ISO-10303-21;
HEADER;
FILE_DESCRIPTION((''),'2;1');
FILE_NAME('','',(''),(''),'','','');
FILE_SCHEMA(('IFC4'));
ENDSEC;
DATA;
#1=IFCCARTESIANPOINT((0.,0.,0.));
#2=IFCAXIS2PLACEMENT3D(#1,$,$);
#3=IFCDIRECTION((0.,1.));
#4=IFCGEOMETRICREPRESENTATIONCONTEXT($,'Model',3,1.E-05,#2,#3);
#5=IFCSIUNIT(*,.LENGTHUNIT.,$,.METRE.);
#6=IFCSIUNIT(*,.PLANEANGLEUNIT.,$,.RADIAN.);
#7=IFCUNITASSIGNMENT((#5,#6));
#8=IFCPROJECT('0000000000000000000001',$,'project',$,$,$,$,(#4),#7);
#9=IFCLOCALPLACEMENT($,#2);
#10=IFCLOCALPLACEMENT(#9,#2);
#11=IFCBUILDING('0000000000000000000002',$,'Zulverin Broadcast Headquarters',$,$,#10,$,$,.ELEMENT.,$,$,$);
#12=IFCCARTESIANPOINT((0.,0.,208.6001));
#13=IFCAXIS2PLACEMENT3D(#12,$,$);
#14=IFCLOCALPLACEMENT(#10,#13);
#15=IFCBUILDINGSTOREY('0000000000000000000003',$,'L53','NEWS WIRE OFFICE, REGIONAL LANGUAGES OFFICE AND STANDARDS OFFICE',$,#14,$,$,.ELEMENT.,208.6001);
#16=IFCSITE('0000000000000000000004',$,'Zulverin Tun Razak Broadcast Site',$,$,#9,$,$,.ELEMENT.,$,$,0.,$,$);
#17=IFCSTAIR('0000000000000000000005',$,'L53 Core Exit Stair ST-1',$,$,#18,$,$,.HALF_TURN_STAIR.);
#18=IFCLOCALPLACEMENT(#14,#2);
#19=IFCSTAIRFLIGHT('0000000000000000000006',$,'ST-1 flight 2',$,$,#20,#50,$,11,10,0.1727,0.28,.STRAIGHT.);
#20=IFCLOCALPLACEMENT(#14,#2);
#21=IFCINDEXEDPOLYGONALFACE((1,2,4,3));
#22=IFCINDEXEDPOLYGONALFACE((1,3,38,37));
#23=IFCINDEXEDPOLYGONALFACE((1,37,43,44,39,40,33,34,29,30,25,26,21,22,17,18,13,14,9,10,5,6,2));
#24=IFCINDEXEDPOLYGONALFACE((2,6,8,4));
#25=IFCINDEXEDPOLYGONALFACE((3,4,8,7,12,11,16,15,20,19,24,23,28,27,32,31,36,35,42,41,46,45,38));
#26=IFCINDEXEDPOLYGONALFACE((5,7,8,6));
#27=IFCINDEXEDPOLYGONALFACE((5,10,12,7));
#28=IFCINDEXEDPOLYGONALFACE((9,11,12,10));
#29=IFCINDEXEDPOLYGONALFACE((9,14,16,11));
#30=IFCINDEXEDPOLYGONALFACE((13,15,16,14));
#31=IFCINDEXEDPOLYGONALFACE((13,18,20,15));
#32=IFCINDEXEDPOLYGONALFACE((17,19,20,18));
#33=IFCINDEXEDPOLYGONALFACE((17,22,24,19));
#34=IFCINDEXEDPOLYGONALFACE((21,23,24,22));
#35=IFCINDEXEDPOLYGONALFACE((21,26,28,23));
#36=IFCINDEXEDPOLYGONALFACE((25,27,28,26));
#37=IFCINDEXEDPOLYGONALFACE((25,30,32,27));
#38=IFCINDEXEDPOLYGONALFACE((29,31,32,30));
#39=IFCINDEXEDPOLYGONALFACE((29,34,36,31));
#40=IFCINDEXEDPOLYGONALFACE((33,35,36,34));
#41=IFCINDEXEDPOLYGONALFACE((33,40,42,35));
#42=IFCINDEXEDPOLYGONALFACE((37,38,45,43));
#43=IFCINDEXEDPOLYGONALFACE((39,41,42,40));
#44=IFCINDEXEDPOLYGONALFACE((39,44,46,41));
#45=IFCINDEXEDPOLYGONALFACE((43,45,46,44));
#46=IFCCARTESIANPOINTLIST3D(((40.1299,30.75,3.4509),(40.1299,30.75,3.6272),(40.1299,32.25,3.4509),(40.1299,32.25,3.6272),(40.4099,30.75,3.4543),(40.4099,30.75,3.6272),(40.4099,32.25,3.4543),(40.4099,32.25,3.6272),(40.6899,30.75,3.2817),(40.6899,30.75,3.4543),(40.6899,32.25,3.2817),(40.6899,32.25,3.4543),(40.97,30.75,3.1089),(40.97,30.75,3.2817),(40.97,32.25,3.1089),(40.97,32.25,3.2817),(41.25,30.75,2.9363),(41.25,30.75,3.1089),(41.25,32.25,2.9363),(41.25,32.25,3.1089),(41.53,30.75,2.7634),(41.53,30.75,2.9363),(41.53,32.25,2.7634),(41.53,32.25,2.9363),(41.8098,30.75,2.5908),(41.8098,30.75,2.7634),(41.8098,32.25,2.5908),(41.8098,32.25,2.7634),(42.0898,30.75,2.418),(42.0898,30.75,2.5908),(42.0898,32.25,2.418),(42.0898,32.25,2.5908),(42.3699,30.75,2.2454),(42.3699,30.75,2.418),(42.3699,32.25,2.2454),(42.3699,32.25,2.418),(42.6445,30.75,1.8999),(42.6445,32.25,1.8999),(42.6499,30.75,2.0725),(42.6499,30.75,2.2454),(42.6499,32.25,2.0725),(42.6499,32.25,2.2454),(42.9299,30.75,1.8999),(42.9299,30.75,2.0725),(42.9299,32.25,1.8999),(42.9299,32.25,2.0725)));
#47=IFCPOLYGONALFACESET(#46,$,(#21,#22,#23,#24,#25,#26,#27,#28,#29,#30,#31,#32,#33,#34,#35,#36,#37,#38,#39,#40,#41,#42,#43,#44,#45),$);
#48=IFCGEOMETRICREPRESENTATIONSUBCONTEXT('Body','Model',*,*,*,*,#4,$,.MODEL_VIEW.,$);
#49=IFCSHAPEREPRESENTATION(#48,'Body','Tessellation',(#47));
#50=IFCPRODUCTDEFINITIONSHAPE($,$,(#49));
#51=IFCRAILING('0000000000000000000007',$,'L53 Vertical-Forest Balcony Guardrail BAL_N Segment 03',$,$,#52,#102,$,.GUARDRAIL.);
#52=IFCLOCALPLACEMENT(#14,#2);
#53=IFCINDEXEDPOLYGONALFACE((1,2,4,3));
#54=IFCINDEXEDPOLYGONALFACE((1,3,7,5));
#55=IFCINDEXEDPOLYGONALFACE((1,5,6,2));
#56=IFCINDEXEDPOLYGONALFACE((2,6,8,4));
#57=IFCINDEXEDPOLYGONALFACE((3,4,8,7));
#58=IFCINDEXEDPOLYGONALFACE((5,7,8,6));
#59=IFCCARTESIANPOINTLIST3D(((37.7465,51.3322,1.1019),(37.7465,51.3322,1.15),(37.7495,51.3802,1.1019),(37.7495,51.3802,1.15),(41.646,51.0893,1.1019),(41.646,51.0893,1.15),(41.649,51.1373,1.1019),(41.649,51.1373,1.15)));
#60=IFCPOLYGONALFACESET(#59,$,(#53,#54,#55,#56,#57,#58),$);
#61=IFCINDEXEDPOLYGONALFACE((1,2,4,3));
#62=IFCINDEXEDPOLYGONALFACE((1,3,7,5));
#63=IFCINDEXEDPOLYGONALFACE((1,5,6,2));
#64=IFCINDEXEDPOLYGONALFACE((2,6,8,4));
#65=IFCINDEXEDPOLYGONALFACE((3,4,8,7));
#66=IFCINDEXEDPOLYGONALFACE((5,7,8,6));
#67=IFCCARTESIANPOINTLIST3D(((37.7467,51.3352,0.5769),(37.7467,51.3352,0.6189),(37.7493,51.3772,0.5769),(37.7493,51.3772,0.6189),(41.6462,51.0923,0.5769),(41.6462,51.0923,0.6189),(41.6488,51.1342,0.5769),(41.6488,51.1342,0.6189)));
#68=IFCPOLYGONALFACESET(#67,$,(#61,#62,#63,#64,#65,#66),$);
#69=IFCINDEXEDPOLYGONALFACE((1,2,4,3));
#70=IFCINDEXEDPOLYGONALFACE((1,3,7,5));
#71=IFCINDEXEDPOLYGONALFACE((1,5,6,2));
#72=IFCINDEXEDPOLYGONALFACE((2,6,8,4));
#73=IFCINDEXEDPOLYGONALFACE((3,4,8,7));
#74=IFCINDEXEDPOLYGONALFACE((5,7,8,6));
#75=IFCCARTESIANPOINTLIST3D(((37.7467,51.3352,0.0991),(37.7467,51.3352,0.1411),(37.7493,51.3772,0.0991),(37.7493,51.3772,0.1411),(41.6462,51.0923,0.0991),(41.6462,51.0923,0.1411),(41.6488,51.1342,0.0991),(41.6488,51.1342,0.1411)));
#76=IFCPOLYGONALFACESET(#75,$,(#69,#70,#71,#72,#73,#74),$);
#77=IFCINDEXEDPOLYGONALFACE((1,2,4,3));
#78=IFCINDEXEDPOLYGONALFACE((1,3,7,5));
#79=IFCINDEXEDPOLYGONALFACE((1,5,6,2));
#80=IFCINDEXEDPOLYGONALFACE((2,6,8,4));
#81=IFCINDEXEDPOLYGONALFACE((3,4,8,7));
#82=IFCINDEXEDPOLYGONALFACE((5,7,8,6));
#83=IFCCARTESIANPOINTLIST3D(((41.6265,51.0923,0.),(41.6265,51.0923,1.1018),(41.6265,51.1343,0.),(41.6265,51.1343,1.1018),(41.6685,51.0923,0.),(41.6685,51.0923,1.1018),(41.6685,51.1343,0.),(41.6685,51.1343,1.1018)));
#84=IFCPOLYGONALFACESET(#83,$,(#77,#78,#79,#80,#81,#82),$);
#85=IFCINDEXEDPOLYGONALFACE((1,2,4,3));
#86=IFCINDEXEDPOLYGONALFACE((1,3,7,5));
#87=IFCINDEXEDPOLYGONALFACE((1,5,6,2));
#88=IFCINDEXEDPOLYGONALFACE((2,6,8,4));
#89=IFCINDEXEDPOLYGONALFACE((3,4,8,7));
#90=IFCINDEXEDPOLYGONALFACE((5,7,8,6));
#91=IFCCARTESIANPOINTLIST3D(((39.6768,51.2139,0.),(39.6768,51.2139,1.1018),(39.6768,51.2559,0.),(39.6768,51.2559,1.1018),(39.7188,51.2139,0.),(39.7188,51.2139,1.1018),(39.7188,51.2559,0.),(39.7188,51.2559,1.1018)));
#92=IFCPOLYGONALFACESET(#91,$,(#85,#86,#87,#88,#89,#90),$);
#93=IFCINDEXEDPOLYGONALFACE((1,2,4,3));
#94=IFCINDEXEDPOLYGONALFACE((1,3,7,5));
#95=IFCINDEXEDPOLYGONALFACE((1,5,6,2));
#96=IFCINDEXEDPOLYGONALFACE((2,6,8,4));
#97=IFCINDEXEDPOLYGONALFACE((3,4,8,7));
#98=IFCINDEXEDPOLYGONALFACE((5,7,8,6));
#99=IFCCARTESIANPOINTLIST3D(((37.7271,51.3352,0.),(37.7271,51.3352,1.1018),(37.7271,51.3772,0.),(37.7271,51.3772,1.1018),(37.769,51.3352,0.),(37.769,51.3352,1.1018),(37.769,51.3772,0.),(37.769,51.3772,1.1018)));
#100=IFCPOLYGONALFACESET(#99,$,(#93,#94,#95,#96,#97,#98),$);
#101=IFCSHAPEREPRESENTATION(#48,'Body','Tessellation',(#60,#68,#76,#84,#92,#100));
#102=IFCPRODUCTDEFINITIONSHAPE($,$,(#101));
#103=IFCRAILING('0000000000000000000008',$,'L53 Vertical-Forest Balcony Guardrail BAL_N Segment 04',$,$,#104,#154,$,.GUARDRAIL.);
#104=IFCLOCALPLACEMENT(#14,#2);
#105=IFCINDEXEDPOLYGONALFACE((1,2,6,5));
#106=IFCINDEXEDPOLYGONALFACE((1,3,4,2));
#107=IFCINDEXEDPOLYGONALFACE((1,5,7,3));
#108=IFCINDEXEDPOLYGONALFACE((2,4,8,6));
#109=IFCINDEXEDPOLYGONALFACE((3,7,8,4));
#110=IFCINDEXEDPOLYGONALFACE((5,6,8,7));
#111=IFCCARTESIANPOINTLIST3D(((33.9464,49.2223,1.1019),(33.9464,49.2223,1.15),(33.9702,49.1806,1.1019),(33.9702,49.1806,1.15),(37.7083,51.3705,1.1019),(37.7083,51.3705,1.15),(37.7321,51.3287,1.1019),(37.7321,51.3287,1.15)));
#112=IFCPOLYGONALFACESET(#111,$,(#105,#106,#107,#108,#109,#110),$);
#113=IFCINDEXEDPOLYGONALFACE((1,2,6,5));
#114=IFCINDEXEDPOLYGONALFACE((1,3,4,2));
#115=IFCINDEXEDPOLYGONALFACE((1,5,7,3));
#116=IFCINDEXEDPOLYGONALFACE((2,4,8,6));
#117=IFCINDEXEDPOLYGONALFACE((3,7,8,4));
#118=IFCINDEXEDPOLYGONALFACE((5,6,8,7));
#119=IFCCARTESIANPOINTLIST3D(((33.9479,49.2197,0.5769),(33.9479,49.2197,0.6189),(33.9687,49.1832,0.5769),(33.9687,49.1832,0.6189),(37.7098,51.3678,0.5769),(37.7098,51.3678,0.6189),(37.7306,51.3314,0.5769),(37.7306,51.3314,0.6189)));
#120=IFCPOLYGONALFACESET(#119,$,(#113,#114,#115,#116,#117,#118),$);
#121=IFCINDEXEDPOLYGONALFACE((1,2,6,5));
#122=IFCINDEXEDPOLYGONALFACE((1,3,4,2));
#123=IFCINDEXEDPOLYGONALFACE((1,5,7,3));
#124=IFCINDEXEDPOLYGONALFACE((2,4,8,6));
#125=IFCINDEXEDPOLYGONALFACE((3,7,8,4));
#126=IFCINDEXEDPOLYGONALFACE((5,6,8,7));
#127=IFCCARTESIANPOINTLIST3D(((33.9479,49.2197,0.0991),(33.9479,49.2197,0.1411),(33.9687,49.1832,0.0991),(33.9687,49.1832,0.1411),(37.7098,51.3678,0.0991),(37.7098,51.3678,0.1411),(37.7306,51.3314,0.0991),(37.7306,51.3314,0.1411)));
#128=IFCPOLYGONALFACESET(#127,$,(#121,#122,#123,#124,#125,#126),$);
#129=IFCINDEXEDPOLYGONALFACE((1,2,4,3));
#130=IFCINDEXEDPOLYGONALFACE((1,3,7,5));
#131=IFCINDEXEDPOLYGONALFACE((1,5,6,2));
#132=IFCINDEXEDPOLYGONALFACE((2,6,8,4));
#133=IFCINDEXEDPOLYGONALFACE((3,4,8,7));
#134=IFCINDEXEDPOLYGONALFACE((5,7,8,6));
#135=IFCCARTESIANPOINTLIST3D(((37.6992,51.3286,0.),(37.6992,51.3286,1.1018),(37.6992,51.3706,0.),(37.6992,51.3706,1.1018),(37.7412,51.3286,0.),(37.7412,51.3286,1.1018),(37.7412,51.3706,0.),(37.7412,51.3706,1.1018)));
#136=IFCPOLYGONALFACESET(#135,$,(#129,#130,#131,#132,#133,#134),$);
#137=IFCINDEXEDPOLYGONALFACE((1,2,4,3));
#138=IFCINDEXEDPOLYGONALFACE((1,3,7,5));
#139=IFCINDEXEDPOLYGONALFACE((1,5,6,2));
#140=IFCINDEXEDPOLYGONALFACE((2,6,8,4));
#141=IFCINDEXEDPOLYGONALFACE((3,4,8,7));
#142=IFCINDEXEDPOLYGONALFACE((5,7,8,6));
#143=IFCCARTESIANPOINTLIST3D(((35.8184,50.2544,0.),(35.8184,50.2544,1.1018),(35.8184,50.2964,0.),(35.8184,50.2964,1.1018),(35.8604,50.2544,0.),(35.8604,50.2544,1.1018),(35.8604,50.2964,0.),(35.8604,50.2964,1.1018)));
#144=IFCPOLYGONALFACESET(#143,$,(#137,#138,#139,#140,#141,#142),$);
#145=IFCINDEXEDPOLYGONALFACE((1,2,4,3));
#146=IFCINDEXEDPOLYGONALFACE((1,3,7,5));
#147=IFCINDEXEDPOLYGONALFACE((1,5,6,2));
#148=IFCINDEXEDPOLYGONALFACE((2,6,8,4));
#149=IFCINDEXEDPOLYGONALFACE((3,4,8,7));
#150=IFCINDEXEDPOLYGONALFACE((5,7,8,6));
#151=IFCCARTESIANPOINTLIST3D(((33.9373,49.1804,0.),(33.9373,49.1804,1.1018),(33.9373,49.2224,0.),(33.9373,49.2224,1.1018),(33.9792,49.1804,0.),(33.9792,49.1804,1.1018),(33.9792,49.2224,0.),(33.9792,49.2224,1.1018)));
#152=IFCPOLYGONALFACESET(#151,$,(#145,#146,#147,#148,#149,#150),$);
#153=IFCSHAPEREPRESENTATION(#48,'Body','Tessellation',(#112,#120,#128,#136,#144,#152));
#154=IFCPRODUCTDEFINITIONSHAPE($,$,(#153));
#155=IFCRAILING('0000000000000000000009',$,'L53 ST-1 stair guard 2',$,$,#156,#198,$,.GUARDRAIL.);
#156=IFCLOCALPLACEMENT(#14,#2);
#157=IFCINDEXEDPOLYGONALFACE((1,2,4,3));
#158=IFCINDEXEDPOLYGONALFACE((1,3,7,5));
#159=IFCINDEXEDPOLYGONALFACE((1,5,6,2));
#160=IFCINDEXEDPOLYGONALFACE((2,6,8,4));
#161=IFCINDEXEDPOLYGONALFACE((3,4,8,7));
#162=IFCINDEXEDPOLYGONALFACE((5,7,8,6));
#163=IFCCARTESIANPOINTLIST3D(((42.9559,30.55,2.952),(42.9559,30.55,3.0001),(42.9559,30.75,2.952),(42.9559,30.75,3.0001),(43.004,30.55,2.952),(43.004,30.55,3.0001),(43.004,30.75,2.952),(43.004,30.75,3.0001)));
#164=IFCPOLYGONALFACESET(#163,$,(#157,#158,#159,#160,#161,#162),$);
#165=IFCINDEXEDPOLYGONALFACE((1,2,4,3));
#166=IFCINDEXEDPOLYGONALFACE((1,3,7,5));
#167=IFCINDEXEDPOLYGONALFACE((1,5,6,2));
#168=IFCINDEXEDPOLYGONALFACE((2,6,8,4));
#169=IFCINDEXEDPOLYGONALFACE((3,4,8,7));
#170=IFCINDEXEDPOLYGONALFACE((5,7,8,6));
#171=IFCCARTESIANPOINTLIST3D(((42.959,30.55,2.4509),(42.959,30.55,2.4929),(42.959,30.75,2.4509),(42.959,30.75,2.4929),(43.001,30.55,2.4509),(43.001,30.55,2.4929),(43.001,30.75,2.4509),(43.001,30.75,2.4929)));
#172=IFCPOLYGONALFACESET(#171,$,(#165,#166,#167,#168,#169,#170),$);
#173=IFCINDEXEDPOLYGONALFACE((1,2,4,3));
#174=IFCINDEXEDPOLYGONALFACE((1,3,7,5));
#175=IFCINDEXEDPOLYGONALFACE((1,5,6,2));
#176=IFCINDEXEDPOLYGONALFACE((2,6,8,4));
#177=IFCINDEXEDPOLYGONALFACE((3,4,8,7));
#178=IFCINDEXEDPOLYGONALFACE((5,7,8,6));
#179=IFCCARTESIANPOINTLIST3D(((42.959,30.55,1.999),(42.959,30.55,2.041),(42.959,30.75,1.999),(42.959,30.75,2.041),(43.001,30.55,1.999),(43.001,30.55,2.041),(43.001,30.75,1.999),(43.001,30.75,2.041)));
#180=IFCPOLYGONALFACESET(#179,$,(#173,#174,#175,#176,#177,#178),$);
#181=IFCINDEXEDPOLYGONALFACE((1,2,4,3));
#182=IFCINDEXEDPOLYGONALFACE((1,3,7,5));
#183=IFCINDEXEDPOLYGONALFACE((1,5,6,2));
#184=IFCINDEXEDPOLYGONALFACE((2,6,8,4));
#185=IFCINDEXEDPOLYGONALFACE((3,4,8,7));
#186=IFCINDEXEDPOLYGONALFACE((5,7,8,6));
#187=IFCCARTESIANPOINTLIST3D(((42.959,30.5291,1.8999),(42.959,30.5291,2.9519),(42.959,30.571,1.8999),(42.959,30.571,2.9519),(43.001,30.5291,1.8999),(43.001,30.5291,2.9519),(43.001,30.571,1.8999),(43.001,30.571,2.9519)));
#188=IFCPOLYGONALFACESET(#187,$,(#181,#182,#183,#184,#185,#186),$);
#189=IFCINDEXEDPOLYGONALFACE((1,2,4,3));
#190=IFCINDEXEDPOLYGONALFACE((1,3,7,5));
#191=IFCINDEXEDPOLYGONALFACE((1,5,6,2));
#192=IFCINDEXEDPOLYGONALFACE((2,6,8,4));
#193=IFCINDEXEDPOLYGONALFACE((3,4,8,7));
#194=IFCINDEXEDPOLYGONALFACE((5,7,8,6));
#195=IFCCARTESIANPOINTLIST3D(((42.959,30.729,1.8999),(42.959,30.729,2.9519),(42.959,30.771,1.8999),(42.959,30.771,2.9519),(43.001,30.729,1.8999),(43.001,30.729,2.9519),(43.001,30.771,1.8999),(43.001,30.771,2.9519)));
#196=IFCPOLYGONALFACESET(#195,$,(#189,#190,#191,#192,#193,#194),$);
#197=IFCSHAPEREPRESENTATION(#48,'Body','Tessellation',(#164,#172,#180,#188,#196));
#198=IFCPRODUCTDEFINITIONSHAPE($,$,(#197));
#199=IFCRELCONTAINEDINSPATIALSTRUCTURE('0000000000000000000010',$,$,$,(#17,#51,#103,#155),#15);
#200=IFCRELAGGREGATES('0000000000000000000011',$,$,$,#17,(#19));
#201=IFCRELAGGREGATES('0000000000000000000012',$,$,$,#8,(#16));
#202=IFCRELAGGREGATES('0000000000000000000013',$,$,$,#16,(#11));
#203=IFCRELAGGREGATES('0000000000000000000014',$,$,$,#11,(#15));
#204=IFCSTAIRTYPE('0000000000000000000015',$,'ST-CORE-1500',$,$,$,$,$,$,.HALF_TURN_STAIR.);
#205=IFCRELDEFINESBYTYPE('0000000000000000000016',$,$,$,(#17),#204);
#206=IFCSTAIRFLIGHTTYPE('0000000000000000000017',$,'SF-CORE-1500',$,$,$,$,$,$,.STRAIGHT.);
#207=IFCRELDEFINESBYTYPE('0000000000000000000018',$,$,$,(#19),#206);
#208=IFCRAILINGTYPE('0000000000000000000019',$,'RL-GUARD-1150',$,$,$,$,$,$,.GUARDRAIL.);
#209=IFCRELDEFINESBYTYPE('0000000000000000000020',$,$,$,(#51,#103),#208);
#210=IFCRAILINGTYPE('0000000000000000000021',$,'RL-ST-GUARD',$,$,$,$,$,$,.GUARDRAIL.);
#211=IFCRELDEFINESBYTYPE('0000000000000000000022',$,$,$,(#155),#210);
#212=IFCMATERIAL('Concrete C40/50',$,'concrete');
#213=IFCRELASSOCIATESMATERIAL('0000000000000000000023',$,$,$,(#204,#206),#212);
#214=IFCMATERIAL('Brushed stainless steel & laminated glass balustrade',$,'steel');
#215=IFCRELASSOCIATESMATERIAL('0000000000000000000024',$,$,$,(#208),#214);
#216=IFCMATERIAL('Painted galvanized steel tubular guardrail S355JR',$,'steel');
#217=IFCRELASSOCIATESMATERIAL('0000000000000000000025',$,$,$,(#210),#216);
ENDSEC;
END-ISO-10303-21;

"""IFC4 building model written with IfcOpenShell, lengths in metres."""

from ifc_helpers import new_model, si_unit, direction, frame, origin, origin_2d, place, context, subcontext, project, spatial, polyline, rectangle, outline, extrude, material, type_object, element, aggregate, save


model = new_model("IFC4")

# Units and contexts
model_context = context("Model", 3, precision=1e-05, world=origin(), true_north=direction((0.0, 1.0)))
body_context = subcontext(model_context, "Body", "Model", "MODEL_VIEW")
ifc_project = project(units=[si_unit("LENGTHUNIT", "METRE"), si_unit("PLANEANGLEUNIT", "RADIAN")], contexts=[model_context])

# Site, building, storey
site_placement = place(None, origin())
site = spatial("IfcSite", under=ifc_project, at=site_placement, Name="Zulverin Tun Razak Broadcast Site", CompositionType="ELEMENT", RefElevation=0.0)
building_placement = place(site_placement, origin())
building = spatial("IfcBuilding", under=site, at=building_placement, Name="Zulverin Broadcast Headquarters", CompositionType="ELEMENT")
storey_placement = place(building_placement, frame((0.0, 0.0, 208.6001)))
storey = spatial("IfcBuildingStorey", under=building, at=storey_placement, Name="L53", Description="NEWS WIRE OFFICE, REGIONAL LANGUAGES OFFICE AND STANDARDS OFFICE", CompositionType="ELEMENT", Elevation=208.6001)

# Shared definitions
ifc_material_1 = material(Name="Concrete C40/50", Category="concrete")

# Stair, stair flight
stair_type = type_object("IfcStairType", Name="ST-CORE-1500", PredefinedType="HALF_TURN_STAIR", material=ifc_material_1)
stair_placement = place(storey_placement, origin())
stair = element("IfcStair", 1, at=stair_placement, inside=storey, type_object=stair_type, Name="L53 Core Exit Stair ST-1", PredefinedType="HALF_TURN_STAIR")
stair_flight_type = type_object("IfcStairFlightType", Name="SF-CORE-1500", PredefinedType="STRAIGHT", material=ifc_material_1)
stair_flight_placement = place(storey_placement, frame((42.9299, 31.5, 1.8999), z_axis=(0.0, 0.0, 1.0), x_axis=(-1.0, 0.0, 0.0)))
stair_flight = element("IfcStairFlight", 2, at=stair_flight_placement, type_object=stair_flight_type, Name="ST-1 flight 2", NumberOfRisers=11, NumberOfTreads=10, PredefinedType="STRAIGHT", RiserHeight=0.1727, TreadLength=0.28, context=body_context, shape_type="SweptSolid", body=[
    extrude(outline(polyline([(0.0, 0.0), (0.0, 0.1726), (0.28, 0.1726), (0.28, 0.3455), (0.5601, 0.3455), (0.5601, 0.5181), (0.8401, 0.5181), (0.8401, 0.6909), (1.1201, 0.6909), (1.1201, 0.8635), (1.3999, 0.8635), (1.3999, 1.0364), (1.6799, 1.0364), (1.6799, 1.209), (1.96, 1.209), (1.96, 1.3818), (2.24, 1.3818), (2.24, 1.5544), (2.52, 1.5544), (2.52, 1.7273), (2.8, 1.7273), (2.8, 1.8999), (2.8, 1.551), (0.2854, 0.0), (0.0, 0.0)])), frame((0.0, 0.75, 0.0), z_axis=(0.0, -1.0, 0.0), x_axis=(1.0, 0.0, 0.0)), (0.0, 0.0, 1.0), 1.5),
])
aggregate(stair, [stair_flight])

# Railings
ifc_material_2 = material(Name="Brushed stainless steel & laminated glass balustrade", Category="steel")
railing_type_1 = type_object("IfcRailingType", Name="RL-GUARD-1150", PredefinedType="GUARDRAIL", material=ifc_material_2)
railing_1_placement = place(storey_placement, frame((41.6475, 51.1133, 0.0)))
element("IfcRailing", 3, at=railing_1_placement, inside=storey, type_object=railing_type_1, Name="L53 Vertical-Forest Balcony Guardrail BAL_N Segment 03", PredefinedType="GUARDRAIL", context=body_context, shape_type="SweptSolid", body=[
    extrude(rectangle(XDim=0.0481, YDim=0.0481, at=origin_2d()), frame((0.0, 0.0, 1.126), z_axis=(-0.998065, 0.062176, 0.0), x_axis=(-0.062176, -0.998065, 0.0)), (0.0, 0.0, 1.0), 3.907),
    extrude(rectangle(XDim=0.042, YDim=0.042, at=origin_2d()), frame((0.0, 0.0, 0.5979), z_axis=(-0.998065, 0.062176, 0.0), x_axis=(-0.062176, -0.998065, 0.0)), (0.0, 0.0, 1.0), 3.907),
    extrude(rectangle(XDim=0.042, YDim=0.042, at=origin_2d()), frame((0.0, 0.0, 0.1201), z_axis=(-0.998065, 0.062176, 0.0), x_axis=(-0.062176, -0.998065, 0.0)), (0.0, 0.0, 1.0), 3.907),
    extrude(rectangle(XDim=0.042, YDim=0.042, at=origin_2d()), origin(), (0.0, 0.0, 1.0), 1.1018),
    extrude(rectangle(XDim=0.042, YDim=0.042, at=origin_2d()), frame((-1.9497, 0.1216, 0.0)), (0.0, 0.0, 1.0), 1.1018),
    extrude(rectangle(XDim=0.042, YDim=0.042, at=origin_2d()), frame((-3.8994, 0.2429, 0.0)), (0.0, 0.0, 1.0), 1.1018),
])
railing_2_placement = place(storey_placement, frame((37.7202, 51.3496, 0.0)))
element("IfcRailing", 4, at=railing_2_placement, inside=storey, type_object=railing_type_1, Name="L53 Vertical-Forest Balcony Guardrail BAL_N Segment 04", PredefinedType="GUARDRAIL", context=body_context, shape_type="SweptSolid", body=[
    extrude(rectangle(XDim=0.0481, YDim=0.0481, at=origin_2d()), frame((0.0, 0.0, 1.126), z_axis=(-0.868392, -0.495878, 0.0), x_axis=(0.495878, -0.868392, 0.0)), (0.0, 0.0, 1.0), 4.332),
    extrude(rectangle(XDim=0.042, YDim=0.042, at=origin_2d()), frame((0.0, 0.0, 0.5979), z_axis=(-0.868392, -0.495878, 0.0), x_axis=(0.495878, -0.868392, 0.0)), (0.0, 0.0, 1.0), 4.332),
    extrude(rectangle(XDim=0.042, YDim=0.042, at=origin_2d()), frame((0.0, 0.0, 0.1201), z_axis=(-0.868392, -0.495878, 0.0), x_axis=(0.495878, -0.868392, 0.0)), (0.0, 0.0, 1.0), 4.332),
    extrude(rectangle(XDim=0.042, YDim=0.042, at=origin_2d()), origin(), (0.0, 0.0, 1.0), 1.1018),
    extrude(rectangle(XDim=0.042, YDim=0.042, at=origin_2d()), frame((-1.8809, -1.0742, 0.0)), (0.0, 0.0, 1.0), 1.1018),
    extrude(rectangle(XDim=0.042, YDim=0.042, at=origin_2d()), frame((-3.762, -2.1482, 0.0)), (0.0, 0.0, 1.0), 1.1018),
])
ifc_material_3 = material(Name="Painted galvanized steel tubular guardrail S355JR", Category="steel")
railing_type_2 = type_object("IfcRailingType", Name="RL-ST-GUARD", PredefinedType="GUARDRAIL", material=ifc_material_3)
railing_3_placement = place(storey_placement, frame((42.98, 30.55, 1.8999)))
element("IfcRailing", 5, at=railing_3_placement, inside=storey, type_object=railing_type_2, Name="L53 ST-1 stair guard 2", PredefinedType="GUARDRAIL", context=body_context, shape_type="SweptSolid", body=[
    extrude(rectangle(XDim=0.0481, YDim=0.0481, at=origin_2d()), frame((0.0, 0.0, 1.0762), z_axis=(0.0, 1.0, 0.0), x_axis=(-1.0, 0.0, 0.0)), (0.0, 0.0, 1.0), 0.2),
    extrude(rectangle(XDim=0.042, YDim=0.042, at=origin_2d()), frame((0.0, 0.0, 0.572), z_axis=(0.0, 1.0, 0.0), x_axis=(-1.0, 0.0, 0.0)), (0.0, 0.0, 1.0), 0.2),
    extrude(rectangle(XDim=0.042, YDim=0.042, at=origin_2d()), frame((0.0, 0.0, 0.1201), z_axis=(0.0, 1.0, 0.0), x_axis=(-1.0, 0.0, 0.0)), (0.0, 0.0, 1.0), 0.2),
    extrude(rectangle(XDim=0.042, YDim=0.042, at=origin_2d()), origin(), (0.0, 0.0, 1.0), 1.052),
    extrude(rectangle(XDim=0.042, YDim=0.042, at=origin_2d()), frame((0.0, 0.2, 0.0)), (0.0, 0.0, 1.0), 1.052),
])

save(model, "model.ifc")
